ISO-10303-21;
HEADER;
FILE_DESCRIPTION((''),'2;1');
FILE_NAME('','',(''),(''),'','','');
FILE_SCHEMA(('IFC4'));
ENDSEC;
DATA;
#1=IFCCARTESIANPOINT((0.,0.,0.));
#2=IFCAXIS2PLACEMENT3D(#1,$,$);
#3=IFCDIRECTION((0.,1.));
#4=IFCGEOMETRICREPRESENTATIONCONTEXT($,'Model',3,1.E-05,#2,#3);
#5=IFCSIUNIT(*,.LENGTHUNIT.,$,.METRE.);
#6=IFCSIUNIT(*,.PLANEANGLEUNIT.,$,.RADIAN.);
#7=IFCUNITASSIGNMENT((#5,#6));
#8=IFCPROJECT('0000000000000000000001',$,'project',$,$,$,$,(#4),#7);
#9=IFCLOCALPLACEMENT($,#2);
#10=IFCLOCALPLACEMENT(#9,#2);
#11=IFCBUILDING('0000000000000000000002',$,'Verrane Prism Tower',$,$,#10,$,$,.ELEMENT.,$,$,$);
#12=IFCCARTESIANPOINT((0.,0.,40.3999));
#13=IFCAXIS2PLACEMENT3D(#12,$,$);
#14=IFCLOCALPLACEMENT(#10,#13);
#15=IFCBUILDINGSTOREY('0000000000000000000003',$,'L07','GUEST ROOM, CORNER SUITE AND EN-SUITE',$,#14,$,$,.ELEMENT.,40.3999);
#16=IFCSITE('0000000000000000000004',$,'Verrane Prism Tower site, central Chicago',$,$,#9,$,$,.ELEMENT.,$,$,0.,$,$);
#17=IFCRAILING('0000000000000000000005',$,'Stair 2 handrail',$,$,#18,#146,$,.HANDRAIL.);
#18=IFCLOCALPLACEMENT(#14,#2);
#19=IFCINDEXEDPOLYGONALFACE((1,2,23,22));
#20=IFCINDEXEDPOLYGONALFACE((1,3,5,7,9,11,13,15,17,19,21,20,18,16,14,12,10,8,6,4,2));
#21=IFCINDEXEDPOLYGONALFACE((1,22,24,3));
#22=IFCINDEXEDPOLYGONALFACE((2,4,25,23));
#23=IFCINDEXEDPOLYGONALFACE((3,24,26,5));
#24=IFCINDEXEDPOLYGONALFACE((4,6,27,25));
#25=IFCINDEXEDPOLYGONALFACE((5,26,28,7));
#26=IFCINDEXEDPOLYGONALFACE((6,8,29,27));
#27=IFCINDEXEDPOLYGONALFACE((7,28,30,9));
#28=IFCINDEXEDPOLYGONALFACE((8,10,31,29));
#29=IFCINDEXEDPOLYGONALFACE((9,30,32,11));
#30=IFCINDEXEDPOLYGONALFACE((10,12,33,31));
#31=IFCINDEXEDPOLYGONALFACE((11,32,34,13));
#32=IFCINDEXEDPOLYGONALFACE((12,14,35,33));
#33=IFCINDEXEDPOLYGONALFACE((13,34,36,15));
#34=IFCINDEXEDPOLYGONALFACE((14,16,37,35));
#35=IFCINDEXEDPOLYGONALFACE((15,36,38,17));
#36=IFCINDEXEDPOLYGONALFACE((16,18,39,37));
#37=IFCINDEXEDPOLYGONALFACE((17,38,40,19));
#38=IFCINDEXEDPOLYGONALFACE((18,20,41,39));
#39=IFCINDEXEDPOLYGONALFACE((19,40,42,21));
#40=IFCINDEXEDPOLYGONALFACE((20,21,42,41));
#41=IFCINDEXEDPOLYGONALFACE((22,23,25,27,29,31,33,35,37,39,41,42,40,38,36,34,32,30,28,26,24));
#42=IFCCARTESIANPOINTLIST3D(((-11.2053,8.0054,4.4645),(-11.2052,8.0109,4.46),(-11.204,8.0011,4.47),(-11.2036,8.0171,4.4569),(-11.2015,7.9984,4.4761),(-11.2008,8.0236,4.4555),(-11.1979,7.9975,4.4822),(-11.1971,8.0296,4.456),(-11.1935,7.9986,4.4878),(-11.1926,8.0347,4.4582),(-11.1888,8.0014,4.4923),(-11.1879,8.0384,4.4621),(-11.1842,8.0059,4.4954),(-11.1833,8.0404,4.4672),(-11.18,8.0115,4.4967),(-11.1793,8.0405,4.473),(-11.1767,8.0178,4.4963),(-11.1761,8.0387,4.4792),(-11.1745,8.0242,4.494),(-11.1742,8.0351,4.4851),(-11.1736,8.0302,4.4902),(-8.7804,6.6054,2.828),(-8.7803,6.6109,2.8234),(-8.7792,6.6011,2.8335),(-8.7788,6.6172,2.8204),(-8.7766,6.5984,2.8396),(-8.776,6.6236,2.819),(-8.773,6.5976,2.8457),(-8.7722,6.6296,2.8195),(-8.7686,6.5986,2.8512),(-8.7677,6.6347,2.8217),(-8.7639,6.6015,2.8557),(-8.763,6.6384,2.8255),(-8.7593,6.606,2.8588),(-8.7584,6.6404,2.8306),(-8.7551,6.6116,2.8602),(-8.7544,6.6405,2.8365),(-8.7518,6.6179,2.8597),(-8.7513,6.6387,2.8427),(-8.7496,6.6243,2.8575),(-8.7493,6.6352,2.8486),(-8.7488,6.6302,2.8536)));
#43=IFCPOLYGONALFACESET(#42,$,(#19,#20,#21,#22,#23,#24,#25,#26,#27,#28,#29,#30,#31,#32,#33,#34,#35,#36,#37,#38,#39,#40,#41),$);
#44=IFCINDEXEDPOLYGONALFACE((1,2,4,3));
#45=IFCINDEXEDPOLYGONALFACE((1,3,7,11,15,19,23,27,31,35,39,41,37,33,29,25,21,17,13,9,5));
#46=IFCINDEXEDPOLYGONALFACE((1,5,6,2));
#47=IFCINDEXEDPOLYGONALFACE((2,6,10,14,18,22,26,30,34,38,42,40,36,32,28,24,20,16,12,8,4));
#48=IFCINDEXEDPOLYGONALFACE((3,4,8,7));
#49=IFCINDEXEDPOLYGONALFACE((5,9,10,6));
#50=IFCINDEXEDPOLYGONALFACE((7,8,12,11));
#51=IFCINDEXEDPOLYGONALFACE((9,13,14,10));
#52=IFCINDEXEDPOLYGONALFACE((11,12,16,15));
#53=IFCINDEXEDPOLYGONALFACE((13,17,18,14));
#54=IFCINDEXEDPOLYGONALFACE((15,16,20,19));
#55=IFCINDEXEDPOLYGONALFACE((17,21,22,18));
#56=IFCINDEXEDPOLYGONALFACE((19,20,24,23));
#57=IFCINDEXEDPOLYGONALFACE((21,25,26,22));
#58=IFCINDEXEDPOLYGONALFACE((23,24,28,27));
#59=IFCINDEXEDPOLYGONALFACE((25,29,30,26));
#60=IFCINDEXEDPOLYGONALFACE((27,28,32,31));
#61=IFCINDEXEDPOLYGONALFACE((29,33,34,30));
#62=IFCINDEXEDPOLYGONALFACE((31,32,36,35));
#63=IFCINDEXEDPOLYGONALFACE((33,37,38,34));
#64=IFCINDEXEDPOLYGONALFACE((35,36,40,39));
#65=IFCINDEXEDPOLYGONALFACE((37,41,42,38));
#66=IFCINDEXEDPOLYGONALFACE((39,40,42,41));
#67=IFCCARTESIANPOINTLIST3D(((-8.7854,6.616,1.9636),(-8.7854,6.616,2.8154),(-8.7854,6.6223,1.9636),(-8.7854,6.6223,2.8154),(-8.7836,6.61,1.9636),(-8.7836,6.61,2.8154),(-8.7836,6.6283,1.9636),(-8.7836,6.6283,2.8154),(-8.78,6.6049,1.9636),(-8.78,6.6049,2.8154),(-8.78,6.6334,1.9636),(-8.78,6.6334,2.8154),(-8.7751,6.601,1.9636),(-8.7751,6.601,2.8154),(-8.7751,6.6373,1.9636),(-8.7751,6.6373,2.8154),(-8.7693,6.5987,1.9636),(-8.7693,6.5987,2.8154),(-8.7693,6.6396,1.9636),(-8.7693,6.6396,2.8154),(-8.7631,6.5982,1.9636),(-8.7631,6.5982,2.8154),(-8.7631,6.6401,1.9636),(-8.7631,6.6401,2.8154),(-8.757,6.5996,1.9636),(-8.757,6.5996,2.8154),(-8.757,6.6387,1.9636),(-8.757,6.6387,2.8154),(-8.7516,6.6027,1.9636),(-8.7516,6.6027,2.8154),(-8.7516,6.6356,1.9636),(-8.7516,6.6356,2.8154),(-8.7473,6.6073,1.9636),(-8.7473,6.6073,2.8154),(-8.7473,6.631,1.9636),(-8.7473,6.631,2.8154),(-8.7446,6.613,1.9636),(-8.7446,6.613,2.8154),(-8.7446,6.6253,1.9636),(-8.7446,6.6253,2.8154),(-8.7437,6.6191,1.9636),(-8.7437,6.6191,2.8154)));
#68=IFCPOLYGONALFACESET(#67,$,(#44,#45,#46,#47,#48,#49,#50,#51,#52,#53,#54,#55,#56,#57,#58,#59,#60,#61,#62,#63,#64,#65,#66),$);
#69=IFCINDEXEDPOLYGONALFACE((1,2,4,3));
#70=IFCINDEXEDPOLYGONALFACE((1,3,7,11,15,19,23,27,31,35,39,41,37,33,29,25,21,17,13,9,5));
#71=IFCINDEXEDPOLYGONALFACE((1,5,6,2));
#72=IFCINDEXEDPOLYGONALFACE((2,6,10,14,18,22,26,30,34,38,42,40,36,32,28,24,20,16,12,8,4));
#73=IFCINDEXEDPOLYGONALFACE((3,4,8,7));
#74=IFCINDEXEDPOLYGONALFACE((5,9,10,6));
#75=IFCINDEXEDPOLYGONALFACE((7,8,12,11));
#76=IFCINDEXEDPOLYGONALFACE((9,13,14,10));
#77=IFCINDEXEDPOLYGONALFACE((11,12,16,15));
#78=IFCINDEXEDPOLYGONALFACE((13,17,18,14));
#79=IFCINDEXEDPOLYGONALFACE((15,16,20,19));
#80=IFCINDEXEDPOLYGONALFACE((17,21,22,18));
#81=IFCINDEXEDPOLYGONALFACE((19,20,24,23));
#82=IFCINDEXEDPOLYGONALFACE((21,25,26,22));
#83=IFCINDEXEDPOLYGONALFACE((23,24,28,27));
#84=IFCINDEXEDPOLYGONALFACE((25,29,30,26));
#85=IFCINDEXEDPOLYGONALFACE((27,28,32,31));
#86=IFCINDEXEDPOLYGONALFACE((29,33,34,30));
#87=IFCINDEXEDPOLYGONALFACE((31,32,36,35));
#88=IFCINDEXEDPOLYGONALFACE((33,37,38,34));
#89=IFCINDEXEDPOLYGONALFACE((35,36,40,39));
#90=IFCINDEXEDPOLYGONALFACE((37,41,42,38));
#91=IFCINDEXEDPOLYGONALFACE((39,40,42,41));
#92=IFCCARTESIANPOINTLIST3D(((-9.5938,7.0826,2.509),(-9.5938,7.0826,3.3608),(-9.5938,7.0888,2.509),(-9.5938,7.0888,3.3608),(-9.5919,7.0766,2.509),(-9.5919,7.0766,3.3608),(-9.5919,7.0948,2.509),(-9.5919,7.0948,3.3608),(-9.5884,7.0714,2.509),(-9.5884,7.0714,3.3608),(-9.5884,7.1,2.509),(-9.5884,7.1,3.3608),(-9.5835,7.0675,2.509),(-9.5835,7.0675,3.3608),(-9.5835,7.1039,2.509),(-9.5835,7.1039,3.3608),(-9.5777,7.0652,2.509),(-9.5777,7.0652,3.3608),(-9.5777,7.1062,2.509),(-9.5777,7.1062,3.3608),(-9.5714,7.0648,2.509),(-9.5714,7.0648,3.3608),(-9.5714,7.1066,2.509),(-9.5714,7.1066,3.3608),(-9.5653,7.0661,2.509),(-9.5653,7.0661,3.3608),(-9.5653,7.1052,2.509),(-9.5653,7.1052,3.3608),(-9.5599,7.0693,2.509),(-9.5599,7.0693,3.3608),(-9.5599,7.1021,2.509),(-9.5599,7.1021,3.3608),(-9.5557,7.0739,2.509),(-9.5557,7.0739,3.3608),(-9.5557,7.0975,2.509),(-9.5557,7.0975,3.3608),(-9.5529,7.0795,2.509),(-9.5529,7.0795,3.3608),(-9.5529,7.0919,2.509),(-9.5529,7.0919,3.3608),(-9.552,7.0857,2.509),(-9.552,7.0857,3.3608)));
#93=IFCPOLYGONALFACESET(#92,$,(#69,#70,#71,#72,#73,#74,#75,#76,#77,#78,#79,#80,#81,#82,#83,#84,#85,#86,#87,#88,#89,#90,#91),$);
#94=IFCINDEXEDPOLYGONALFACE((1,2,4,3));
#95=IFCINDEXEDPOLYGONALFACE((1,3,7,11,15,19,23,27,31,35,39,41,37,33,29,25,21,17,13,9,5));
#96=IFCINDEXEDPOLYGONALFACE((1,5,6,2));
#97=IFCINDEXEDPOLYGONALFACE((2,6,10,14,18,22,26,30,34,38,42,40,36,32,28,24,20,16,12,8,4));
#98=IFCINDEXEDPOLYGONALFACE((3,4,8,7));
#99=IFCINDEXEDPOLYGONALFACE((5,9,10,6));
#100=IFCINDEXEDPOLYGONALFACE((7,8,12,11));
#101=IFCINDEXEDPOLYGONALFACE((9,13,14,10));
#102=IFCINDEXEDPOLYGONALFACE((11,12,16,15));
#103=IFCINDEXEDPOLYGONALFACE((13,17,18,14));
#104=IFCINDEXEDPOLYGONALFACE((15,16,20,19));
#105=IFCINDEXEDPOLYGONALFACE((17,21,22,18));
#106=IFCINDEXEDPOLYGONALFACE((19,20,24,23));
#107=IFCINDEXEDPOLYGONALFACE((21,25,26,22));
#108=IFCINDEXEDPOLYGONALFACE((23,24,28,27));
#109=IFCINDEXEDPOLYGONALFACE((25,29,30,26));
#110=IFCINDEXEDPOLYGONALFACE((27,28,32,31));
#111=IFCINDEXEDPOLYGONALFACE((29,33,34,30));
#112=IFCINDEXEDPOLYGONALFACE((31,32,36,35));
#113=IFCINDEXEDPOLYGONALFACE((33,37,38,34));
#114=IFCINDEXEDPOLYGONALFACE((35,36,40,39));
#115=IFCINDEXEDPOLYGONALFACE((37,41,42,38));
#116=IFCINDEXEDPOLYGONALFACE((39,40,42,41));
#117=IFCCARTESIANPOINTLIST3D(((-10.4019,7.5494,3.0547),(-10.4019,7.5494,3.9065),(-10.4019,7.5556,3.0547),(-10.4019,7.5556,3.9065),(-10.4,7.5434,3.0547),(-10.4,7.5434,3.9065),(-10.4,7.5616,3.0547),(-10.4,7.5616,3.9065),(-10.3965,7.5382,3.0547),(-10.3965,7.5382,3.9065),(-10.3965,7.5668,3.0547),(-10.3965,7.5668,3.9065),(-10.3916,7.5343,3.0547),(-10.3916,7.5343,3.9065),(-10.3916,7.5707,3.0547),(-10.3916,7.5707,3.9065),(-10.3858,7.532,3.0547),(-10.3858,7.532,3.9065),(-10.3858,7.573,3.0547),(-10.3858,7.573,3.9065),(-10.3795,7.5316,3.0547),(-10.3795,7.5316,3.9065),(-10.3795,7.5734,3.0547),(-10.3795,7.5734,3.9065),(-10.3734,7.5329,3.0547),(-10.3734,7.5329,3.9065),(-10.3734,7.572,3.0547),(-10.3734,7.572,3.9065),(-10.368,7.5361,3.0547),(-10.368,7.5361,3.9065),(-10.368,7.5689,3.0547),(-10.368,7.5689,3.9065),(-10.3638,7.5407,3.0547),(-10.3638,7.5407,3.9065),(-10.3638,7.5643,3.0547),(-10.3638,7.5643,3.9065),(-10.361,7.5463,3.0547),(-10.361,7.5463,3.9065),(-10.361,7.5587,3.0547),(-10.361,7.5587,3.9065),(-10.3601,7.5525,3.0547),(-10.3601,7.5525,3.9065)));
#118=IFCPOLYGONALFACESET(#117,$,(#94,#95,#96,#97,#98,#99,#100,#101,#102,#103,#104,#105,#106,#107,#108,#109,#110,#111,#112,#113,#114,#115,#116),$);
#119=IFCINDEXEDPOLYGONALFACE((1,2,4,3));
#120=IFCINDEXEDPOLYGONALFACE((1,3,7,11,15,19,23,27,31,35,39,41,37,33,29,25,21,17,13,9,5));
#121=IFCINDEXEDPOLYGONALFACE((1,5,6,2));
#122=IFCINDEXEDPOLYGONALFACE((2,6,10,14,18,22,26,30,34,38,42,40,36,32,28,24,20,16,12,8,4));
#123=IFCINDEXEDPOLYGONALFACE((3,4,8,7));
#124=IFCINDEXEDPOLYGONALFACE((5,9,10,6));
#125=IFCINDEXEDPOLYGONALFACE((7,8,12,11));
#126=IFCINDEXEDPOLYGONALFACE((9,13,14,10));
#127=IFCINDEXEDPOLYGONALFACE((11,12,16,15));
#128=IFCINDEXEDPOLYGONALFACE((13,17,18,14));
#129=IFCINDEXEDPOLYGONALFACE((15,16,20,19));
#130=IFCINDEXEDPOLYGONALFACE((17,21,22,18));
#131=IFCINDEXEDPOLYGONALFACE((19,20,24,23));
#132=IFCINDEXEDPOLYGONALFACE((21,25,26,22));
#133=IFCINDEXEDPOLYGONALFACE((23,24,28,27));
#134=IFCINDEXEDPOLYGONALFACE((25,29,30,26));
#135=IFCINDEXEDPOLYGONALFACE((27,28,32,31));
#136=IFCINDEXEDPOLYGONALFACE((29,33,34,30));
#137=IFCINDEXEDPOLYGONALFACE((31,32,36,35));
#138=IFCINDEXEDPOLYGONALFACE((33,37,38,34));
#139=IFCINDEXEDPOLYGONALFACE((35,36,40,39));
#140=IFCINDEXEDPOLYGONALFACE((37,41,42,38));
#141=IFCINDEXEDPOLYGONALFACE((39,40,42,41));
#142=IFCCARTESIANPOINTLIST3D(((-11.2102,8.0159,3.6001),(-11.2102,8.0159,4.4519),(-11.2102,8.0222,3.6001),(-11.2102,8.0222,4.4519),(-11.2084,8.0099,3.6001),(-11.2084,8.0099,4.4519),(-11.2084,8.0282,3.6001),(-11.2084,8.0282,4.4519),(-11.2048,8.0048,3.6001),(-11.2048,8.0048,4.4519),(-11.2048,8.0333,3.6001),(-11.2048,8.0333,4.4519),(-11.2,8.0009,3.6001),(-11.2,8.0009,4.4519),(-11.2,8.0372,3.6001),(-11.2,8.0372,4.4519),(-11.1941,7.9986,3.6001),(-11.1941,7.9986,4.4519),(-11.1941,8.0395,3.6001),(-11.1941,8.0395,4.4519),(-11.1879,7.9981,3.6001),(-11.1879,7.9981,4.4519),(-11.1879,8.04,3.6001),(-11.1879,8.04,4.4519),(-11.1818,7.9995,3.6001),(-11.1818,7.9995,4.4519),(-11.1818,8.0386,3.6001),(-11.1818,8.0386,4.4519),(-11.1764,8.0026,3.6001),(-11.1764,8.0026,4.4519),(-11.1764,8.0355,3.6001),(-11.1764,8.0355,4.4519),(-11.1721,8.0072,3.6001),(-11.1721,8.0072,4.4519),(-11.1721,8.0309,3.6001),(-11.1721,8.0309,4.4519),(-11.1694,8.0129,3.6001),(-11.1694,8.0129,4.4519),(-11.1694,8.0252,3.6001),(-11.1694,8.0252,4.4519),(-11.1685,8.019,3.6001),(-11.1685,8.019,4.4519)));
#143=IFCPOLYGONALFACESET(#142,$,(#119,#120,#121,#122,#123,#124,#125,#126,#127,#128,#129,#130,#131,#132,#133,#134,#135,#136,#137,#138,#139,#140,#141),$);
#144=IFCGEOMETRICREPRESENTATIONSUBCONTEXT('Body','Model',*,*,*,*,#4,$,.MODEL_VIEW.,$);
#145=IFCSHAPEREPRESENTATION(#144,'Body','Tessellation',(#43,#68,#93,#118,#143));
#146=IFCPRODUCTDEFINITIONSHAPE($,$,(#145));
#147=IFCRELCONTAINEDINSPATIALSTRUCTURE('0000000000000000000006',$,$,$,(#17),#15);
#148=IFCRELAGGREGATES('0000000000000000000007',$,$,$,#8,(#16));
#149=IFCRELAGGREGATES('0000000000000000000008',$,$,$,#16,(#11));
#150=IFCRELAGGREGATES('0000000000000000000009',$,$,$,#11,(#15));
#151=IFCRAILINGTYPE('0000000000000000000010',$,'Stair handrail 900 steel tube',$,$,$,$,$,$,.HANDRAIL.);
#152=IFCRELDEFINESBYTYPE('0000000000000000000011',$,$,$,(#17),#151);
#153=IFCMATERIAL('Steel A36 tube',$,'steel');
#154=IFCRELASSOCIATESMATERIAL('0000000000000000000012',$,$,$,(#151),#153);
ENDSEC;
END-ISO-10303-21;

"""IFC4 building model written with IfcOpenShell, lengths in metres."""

from ifc_helpers import new_model, si_unit, direction, frame, origin, origin_2d, place, context, subcontext, project, spatial, circle, extrude, material, type_object, element, save


model = new_model("IFC4")

# Units and contexts
model_context = context("Model", 3, precision=1e-05, world=origin(), true_north=direction((0.0, 1.0)))
body_context = subcontext(model_context, "Body", "Model", "MODEL_VIEW")
ifc_project = project(units=[si_unit("LENGTHUNIT", "METRE"), si_unit("PLANEANGLEUNIT", "RADIAN")], contexts=[model_context])

# Site, building, storey
site_placement = place(None, origin())
site = spatial("IfcSite", under=ifc_project, at=site_placement, Name="Verrane Prism Tower site, central Chicago", CompositionType="ELEMENT", RefElevation=0.0)
building_placement = place(site_placement, origin())
building = spatial("IfcBuilding", under=site, at=building_placement, Name="Verrane Prism Tower", CompositionType="ELEMENT")
storey_placement = place(building_placement, frame((0.0, 0.0, 40.3999)))
storey = spatial("IfcBuildingStorey", under=building, at=storey_placement, Name="L07", Description="GUEST ROOM, CORNER SUITE AND EN-SUITE", CompositionType="ELEMENT", Elevation=40.3999)

# Railing
ifc_material_1 = material(Name="Steel A36 tube", Category="steel")
railing_type_1 = type_object("IfcRailingType", Name="Stair handrail 900 steel tube", PredefinedType="HANDRAIL", material=ifc_material_1)
railing_1_placement = place(storey_placement, frame((-8.7646, 6.6191, 1.9636)))
element("IfcRailing", 1, at=railing_1_placement, inside=storey, type_object=railing_type_1, Name="Stair 2 handrail", PredefinedType="HANDRAIL", context=body_context, shape_type="SweptSolid", body=[
    extrude(circle(Radius=0.0239, at=origin_2d()), frame((0.0, 0.0, 0.876), z_axis=(-0.74769, 0.431661, 0.504608), x_axis=(-0.499984, -0.866035, 0.0)), (0.0, 0.0, 1.0), 3.2432),
    extrude(circle(Radius=0.021, at=origin_2d()), origin(), (0.0, 0.0, 1.0), 0.8518),
    extrude(circle(Radius=0.021, at=origin_2d()), frame((-0.8083, 0.4666, 0.5454)), (0.0, 0.0, 1.0), 0.8518),
    extrude(circle(Radius=0.021, at=origin_2d()), frame((-1.6165, 0.9333, 1.0911)), (0.0, 0.0, 1.0), 0.8518),
    extrude(circle(Radius=0.021, at=origin_2d()), frame((-2.4248, 1.3999, 1.6365)), (0.0, 0.0, 1.0), 0.8518),
])

save(model, "model.ifc")
